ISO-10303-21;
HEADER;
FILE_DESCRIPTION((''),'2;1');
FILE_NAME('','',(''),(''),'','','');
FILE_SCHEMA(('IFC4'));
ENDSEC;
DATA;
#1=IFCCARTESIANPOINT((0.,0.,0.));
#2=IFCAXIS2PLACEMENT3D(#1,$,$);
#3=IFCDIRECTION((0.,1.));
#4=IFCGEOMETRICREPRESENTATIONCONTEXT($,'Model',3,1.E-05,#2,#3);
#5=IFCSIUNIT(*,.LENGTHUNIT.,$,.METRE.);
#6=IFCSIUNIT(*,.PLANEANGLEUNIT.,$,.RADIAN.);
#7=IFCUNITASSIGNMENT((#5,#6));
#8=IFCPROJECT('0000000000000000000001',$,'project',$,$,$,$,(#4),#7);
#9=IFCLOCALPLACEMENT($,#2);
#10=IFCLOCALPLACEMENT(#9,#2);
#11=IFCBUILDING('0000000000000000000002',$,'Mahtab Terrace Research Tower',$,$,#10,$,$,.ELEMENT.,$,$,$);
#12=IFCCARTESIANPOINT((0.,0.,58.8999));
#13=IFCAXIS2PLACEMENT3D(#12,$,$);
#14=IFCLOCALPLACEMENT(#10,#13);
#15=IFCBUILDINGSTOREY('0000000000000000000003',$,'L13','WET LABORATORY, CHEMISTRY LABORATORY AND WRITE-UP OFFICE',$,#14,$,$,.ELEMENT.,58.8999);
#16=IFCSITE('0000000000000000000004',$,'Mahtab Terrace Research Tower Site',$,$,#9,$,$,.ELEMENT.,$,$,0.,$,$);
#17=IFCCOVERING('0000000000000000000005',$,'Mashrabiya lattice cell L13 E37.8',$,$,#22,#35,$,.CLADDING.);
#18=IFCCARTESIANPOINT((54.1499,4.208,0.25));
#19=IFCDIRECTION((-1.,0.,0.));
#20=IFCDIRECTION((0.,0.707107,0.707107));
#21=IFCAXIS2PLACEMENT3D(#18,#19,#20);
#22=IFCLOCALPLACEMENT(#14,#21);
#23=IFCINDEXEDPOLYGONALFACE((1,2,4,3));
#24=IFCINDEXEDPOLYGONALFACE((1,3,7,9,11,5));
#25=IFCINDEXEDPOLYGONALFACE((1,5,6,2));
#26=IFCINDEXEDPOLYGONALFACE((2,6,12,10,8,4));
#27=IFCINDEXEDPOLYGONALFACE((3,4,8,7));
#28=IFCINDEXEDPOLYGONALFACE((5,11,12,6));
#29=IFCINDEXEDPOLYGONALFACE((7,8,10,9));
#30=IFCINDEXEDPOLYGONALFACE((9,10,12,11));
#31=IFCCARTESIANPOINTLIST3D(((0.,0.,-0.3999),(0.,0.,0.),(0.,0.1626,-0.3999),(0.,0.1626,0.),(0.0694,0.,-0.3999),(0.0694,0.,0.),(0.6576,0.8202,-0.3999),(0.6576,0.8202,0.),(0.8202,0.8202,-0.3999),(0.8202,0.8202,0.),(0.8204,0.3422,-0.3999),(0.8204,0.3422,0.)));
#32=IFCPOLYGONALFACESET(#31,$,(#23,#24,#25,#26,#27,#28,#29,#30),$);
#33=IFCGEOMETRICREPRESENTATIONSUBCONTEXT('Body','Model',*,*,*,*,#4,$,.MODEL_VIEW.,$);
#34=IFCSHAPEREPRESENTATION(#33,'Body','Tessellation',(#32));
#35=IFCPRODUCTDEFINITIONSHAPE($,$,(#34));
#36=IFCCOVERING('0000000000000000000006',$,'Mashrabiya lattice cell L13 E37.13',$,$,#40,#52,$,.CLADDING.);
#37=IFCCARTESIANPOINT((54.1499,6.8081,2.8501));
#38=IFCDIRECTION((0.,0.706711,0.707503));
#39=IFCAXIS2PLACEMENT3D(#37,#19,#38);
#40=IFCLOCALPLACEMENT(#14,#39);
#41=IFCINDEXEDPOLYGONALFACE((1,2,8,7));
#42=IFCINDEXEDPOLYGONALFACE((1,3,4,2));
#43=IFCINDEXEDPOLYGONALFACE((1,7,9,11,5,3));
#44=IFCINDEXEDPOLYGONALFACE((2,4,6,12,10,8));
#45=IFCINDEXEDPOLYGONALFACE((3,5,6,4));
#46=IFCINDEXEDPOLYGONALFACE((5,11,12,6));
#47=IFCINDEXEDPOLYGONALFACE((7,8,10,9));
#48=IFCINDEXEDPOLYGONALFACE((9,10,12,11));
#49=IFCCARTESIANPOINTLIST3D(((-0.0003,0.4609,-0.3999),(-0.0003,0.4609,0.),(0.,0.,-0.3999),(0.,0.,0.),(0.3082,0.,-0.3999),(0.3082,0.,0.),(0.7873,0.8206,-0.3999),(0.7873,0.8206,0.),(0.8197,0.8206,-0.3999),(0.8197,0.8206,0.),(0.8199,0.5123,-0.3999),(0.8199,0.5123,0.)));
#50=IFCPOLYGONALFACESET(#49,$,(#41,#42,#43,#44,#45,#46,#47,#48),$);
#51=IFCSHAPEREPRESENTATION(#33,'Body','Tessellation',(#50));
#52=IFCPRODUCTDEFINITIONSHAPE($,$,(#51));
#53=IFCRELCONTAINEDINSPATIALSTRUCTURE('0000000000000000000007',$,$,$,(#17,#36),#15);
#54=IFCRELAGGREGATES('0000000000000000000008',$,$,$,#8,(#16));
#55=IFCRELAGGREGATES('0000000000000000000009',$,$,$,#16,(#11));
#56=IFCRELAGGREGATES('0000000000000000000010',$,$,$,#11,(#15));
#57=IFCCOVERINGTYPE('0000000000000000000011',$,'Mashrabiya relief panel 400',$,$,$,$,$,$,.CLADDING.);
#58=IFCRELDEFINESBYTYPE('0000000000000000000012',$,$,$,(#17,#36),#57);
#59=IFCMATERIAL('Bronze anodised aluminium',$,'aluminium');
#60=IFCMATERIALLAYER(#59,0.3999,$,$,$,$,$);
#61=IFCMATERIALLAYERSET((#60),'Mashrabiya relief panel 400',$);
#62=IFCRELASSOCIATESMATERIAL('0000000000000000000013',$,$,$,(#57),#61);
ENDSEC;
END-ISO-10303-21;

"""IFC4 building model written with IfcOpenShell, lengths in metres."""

from ifc_helpers import new_model, si_unit, direction, frame, origin, place, context, subcontext, project, spatial, polyline, outline, extrude, material, layer, layer_set, type_object, element, save


model = new_model("IFC4")

# Units and contexts
model_context = context("Model", 3, precision=1e-05, world=origin(), true_north=direction((0.0, 1.0)))
body_context = subcontext(model_context, "Body", "Model", "MODEL_VIEW")
ifc_project = project(units=[si_unit("LENGTHUNIT", "METRE"), si_unit("PLANEANGLEUNIT", "RADIAN")], contexts=[model_context])

# Site, building, storey
site_placement = place(None, origin())
site = spatial("IfcSite", under=ifc_project, at=site_placement, Name="Mahtab Terrace Research Tower Site", CompositionType="ELEMENT", RefElevation=0.0)
building_placement = place(site_placement, origin())
building = spatial("IfcBuilding", under=site, at=building_placement, Name="Mahtab Terrace Research Tower", CompositionType="ELEMENT")
storey_placement = place(building_placement, frame((0.0, 0.0, 58.8999)))
storey = spatial("IfcBuildingStorey", under=building, at=storey_placement, Name="L13", Description="WET LABORATORY, CHEMISTRY LABORATORY AND WRITE-UP OFFICE", CompositionType="ELEMENT", Elevation=58.8999)

# Coverings
ifc_material_1 = material(Name="Bronze anodised aluminium", Category="aluminium")
ifc_layer_1 = layer(ifc_material_1, 0.3999)
ifc_layer_set_1 = layer_set([ifc_layer_1], Name="Mashrabiya relief panel 400")
covering_type = type_object("IfcCoveringType", Name="Mashrabiya relief panel 400", PredefinedType="CLADDING", material=ifc_layer_set_1)
covering_1_placement = place(storey_placement, frame((54.1499, 4.208, 0.25), z_axis=(-1.0, 0.0, 0.0), x_axis=(0.0, 0.707107, 0.707107)))
element("IfcCovering", 1, at=covering_1_placement, inside=storey, type_object=covering_type, Name="Mashrabiya lattice cell L13 E37.8", PredefinedType="CLADDING", context=body_context, shape_type="SweptSolid", body=[
    extrude(outline(polyline([(0.0, 0.0), (0.0694, 0.0), (0.8204, 0.3422), (0.8202, 0.8202), (0.6576, 0.8202), (0.0, 0.1626), (0.0, 0.0)])), origin(), (0.0, 0.0, -1.0), 0.3999),
])
covering_2_placement = place(storey_placement, frame((54.1499, 6.8081, 2.8501), z_axis=(-1.0, 0.0, 0.0), x_axis=(0.0, 0.706711, 0.707503)))
element("IfcCovering", 2, at=covering_2_placement, inside=storey, type_object=covering_type, Name="Mashrabiya lattice cell L13 E37.13", PredefinedType="CLADDING", context=body_context, shape_type="SweptSolid", body=[
    extrude(outline(polyline([(0.0, 0.0), (0.3082, 0.0), (0.8199, 0.5123), (0.8197, 0.8206), (0.7873, 0.8206), (-0.0003, 0.4609), (0.0, 0.0)])), origin(), (0.0, 0.0, -1.0), 0.3999),
])

save(model, "model.ifc")
